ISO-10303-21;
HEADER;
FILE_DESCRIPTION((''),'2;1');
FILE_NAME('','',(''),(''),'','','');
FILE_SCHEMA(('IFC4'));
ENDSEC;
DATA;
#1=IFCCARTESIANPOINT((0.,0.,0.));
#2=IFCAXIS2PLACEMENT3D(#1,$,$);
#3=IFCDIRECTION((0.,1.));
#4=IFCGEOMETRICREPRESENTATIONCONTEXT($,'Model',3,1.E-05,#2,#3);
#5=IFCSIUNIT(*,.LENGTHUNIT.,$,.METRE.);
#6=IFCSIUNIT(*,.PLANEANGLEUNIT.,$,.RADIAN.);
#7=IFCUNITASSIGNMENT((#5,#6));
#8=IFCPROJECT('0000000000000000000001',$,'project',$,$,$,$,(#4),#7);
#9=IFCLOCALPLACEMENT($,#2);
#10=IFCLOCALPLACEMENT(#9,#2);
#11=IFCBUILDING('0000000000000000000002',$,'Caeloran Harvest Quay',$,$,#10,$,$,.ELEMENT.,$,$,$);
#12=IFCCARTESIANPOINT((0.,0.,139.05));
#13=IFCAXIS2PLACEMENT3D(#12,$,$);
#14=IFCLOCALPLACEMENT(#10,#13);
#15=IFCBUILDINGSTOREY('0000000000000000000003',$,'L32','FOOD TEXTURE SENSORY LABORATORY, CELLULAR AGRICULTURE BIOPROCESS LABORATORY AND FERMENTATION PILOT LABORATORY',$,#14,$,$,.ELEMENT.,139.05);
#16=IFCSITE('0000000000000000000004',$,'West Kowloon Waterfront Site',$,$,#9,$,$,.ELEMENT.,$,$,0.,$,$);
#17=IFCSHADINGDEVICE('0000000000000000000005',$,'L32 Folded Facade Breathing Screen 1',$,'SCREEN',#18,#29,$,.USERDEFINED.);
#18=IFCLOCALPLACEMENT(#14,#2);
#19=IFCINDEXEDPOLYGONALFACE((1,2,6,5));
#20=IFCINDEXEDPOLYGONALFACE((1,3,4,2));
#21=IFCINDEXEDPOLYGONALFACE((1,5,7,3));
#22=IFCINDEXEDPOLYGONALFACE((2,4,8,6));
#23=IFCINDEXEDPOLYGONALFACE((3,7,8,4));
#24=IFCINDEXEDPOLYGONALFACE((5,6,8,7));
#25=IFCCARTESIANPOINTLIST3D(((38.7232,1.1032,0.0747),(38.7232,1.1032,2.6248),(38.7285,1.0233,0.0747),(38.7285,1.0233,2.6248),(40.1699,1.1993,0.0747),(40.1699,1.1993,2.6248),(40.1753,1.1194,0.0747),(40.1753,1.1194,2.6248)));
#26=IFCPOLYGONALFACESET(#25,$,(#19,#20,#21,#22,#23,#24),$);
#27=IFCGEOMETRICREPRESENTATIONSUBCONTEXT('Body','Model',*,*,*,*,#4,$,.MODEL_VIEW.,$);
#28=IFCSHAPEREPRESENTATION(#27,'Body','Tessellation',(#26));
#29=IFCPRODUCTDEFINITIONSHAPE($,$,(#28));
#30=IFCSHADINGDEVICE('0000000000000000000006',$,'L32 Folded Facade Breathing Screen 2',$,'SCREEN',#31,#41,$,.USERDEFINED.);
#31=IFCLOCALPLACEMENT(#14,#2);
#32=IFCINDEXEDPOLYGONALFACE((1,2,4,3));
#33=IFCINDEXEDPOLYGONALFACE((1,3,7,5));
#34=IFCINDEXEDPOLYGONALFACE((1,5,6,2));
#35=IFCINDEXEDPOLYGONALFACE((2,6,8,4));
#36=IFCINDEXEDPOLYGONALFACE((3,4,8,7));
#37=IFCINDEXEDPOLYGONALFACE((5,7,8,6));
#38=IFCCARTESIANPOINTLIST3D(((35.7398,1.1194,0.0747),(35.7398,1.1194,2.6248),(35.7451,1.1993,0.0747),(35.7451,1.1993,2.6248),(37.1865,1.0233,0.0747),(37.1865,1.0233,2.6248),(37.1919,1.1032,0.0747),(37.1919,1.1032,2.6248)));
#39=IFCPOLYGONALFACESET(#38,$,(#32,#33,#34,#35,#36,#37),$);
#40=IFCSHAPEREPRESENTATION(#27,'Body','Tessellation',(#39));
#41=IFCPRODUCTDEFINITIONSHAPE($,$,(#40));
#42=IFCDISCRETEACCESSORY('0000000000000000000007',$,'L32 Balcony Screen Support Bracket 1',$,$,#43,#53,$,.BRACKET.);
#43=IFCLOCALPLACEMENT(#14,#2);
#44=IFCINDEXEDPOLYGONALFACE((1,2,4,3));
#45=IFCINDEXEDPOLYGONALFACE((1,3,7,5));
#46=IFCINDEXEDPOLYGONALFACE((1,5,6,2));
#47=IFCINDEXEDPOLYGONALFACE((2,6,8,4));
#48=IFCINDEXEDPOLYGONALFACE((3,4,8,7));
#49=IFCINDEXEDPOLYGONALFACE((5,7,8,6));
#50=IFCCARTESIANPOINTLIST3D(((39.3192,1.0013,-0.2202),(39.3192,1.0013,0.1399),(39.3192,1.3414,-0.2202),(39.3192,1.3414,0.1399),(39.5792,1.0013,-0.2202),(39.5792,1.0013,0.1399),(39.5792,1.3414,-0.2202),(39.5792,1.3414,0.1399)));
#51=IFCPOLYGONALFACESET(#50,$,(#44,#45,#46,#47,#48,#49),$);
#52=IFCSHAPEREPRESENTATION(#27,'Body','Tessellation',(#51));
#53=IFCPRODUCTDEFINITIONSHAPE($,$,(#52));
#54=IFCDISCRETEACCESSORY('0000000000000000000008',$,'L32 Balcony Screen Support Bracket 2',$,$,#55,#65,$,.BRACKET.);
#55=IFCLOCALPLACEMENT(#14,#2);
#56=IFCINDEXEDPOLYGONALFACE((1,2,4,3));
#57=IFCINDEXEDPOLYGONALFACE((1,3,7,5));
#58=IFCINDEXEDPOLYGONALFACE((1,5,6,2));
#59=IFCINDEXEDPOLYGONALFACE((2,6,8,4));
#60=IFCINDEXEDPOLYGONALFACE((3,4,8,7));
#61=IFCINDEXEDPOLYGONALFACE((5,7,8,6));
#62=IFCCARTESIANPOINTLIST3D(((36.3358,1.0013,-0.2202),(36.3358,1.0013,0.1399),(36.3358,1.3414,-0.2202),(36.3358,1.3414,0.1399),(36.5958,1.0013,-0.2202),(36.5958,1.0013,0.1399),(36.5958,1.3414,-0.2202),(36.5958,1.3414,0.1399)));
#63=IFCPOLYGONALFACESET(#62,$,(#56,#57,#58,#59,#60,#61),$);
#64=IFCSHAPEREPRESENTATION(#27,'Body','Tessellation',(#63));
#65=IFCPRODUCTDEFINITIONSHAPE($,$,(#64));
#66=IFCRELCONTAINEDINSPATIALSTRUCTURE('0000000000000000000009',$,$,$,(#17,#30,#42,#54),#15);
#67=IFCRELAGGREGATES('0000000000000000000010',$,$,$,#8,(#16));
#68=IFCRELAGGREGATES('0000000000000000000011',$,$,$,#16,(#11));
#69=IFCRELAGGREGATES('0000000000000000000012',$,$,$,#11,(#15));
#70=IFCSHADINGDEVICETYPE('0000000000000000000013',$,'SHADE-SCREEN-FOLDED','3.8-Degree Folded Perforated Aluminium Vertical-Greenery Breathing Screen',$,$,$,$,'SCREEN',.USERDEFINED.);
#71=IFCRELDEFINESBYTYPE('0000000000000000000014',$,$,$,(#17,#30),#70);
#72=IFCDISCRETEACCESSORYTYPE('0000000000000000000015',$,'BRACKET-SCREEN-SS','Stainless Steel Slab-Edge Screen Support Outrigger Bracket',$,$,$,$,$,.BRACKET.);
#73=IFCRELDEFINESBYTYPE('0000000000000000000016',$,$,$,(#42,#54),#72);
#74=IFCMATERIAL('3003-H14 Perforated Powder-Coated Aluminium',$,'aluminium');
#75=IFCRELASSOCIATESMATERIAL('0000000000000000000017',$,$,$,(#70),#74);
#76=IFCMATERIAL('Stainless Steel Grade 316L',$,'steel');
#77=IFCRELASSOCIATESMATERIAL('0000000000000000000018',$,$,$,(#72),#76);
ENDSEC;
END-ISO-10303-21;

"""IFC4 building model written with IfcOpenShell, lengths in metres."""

from ifc_helpers import new_model, si_unit, direction, frame, origin, origin_2d, place, context, subcontext, project, spatial, rectangle, extrude, material, type_object, element, save


model = new_model("IFC4")

# Units and contexts
model_context = context("Model", 3, precision=1e-05, world=origin(), true_north=direction((0.0, 1.0)))
body_context = subcontext(model_context, "Body", "Model", "MODEL_VIEW")
ifc_project = project(units=[si_unit("LENGTHUNIT", "METRE"), si_unit("PLANEANGLEUNIT", "RADIAN")], contexts=[model_context])

# Site, building, storey
site_placement = place(None, origin())
site = spatial("IfcSite", under=ifc_project, at=site_placement, Name="West Kowloon Waterfront Site", CompositionType="ELEMENT", RefElevation=0.0)
building_placement = place(site_placement, origin())
building = spatial("IfcBuilding", under=site, at=building_placement, Name="Caeloran Harvest Quay", CompositionType="ELEMENT")
storey_placement = place(building_placement, frame((0.0, 0.0, 139.05)))
storey = spatial("IfcBuildingStorey", under=building, at=storey_placement, Name="L32", Description="FOOD TEXTURE SENSORY LABORATORY, CELLULAR AGRICULTURE BIOPROCESS LABORATORY AND FERMENTATION PILOT LABORATORY", CompositionType="ELEMENT", Elevation=139.05)

# Shading devices
ifc_material_1 = material(Name="3003-H14 Perforated Powder-Coated Aluminium", Category="aluminium")
shading_device_type = type_object("IfcShadingDeviceType", Name="SHADE-SCREEN-FOLDED", Description="3.8-Degree Folded Perforated Aluminium Vertical-Greenery Breathing Screen", ElementType="SCREEN", PredefinedType="USERDEFINED", material=ifc_material_1)
for number, where, z_axis, x_axis, name in (
    (1, (39.4492, 1.1113, 0.0747), (0.0, 0.0, 1.0), (0.997801, 0.066274, 0.0), "L32 Folded Facade Breathing Screen 1"),
    (2, (36.4658, 1.1113, 0.0747), (0.0, 0.0, 1.0), (0.997801, -0.066274, 0.0), "L32 Folded Facade Breathing Screen 2"),
):
    element("IfcShadingDevice", number, at=place(storey_placement, frame(where, z_axis=z_axis, x_axis=x_axis)), inside=storey, type_object=shading_device_type, Name=name, ObjectType="SCREEN", PredefinedType="USERDEFINED", context=body_context, shape_type="SweptSolid", body=[
        extrude(rectangle(XDim=1.45, YDim=0.0801, at=origin_2d()), origin(), (0.0, 0.0, 1.0), 2.55),
    ])

# Discrete accessories
ifc_material_2 = material(Name="Stainless Steel Grade 316L", Category="steel")
discrete_accessory_type = type_object("IfcDiscreteAccessoryType", Name="BRACKET-SCREEN-SS", Description="Stainless Steel Slab-Edge Screen Support Outrigger Bracket", PredefinedType="BRACKET", material=ifc_material_2)
for number, where, z_axis, x_axis, name in (
    (3, (39.4492, 1.1714, -0.2202), (0.0, 0.0, 1.0), (1.0, 0.0, 0.0), "L32 Balcony Screen Support Bracket 1"),
    (4, (36.4658, 1.1714, -0.2202), (0.0, 0.0, 1.0), (1.0, 0.0, 0.0), "L32 Balcony Screen Support Bracket 2"),
):
    element("IfcDiscreteAccessory", number, at=place(storey_placement, frame(where, z_axis=z_axis, x_axis=x_axis)), inside=storey, type_object=discrete_accessory_type, Name=name, PredefinedType="BRACKET", context=body_context, shape_type="SweptSolid", body=[
        extrude(rectangle(XDim=0.26, YDim=0.3401, at=origin_2d()), origin(), (0.0, 0.0, 1.0), 0.3601),
    ])

save(model, "model.ifc")
